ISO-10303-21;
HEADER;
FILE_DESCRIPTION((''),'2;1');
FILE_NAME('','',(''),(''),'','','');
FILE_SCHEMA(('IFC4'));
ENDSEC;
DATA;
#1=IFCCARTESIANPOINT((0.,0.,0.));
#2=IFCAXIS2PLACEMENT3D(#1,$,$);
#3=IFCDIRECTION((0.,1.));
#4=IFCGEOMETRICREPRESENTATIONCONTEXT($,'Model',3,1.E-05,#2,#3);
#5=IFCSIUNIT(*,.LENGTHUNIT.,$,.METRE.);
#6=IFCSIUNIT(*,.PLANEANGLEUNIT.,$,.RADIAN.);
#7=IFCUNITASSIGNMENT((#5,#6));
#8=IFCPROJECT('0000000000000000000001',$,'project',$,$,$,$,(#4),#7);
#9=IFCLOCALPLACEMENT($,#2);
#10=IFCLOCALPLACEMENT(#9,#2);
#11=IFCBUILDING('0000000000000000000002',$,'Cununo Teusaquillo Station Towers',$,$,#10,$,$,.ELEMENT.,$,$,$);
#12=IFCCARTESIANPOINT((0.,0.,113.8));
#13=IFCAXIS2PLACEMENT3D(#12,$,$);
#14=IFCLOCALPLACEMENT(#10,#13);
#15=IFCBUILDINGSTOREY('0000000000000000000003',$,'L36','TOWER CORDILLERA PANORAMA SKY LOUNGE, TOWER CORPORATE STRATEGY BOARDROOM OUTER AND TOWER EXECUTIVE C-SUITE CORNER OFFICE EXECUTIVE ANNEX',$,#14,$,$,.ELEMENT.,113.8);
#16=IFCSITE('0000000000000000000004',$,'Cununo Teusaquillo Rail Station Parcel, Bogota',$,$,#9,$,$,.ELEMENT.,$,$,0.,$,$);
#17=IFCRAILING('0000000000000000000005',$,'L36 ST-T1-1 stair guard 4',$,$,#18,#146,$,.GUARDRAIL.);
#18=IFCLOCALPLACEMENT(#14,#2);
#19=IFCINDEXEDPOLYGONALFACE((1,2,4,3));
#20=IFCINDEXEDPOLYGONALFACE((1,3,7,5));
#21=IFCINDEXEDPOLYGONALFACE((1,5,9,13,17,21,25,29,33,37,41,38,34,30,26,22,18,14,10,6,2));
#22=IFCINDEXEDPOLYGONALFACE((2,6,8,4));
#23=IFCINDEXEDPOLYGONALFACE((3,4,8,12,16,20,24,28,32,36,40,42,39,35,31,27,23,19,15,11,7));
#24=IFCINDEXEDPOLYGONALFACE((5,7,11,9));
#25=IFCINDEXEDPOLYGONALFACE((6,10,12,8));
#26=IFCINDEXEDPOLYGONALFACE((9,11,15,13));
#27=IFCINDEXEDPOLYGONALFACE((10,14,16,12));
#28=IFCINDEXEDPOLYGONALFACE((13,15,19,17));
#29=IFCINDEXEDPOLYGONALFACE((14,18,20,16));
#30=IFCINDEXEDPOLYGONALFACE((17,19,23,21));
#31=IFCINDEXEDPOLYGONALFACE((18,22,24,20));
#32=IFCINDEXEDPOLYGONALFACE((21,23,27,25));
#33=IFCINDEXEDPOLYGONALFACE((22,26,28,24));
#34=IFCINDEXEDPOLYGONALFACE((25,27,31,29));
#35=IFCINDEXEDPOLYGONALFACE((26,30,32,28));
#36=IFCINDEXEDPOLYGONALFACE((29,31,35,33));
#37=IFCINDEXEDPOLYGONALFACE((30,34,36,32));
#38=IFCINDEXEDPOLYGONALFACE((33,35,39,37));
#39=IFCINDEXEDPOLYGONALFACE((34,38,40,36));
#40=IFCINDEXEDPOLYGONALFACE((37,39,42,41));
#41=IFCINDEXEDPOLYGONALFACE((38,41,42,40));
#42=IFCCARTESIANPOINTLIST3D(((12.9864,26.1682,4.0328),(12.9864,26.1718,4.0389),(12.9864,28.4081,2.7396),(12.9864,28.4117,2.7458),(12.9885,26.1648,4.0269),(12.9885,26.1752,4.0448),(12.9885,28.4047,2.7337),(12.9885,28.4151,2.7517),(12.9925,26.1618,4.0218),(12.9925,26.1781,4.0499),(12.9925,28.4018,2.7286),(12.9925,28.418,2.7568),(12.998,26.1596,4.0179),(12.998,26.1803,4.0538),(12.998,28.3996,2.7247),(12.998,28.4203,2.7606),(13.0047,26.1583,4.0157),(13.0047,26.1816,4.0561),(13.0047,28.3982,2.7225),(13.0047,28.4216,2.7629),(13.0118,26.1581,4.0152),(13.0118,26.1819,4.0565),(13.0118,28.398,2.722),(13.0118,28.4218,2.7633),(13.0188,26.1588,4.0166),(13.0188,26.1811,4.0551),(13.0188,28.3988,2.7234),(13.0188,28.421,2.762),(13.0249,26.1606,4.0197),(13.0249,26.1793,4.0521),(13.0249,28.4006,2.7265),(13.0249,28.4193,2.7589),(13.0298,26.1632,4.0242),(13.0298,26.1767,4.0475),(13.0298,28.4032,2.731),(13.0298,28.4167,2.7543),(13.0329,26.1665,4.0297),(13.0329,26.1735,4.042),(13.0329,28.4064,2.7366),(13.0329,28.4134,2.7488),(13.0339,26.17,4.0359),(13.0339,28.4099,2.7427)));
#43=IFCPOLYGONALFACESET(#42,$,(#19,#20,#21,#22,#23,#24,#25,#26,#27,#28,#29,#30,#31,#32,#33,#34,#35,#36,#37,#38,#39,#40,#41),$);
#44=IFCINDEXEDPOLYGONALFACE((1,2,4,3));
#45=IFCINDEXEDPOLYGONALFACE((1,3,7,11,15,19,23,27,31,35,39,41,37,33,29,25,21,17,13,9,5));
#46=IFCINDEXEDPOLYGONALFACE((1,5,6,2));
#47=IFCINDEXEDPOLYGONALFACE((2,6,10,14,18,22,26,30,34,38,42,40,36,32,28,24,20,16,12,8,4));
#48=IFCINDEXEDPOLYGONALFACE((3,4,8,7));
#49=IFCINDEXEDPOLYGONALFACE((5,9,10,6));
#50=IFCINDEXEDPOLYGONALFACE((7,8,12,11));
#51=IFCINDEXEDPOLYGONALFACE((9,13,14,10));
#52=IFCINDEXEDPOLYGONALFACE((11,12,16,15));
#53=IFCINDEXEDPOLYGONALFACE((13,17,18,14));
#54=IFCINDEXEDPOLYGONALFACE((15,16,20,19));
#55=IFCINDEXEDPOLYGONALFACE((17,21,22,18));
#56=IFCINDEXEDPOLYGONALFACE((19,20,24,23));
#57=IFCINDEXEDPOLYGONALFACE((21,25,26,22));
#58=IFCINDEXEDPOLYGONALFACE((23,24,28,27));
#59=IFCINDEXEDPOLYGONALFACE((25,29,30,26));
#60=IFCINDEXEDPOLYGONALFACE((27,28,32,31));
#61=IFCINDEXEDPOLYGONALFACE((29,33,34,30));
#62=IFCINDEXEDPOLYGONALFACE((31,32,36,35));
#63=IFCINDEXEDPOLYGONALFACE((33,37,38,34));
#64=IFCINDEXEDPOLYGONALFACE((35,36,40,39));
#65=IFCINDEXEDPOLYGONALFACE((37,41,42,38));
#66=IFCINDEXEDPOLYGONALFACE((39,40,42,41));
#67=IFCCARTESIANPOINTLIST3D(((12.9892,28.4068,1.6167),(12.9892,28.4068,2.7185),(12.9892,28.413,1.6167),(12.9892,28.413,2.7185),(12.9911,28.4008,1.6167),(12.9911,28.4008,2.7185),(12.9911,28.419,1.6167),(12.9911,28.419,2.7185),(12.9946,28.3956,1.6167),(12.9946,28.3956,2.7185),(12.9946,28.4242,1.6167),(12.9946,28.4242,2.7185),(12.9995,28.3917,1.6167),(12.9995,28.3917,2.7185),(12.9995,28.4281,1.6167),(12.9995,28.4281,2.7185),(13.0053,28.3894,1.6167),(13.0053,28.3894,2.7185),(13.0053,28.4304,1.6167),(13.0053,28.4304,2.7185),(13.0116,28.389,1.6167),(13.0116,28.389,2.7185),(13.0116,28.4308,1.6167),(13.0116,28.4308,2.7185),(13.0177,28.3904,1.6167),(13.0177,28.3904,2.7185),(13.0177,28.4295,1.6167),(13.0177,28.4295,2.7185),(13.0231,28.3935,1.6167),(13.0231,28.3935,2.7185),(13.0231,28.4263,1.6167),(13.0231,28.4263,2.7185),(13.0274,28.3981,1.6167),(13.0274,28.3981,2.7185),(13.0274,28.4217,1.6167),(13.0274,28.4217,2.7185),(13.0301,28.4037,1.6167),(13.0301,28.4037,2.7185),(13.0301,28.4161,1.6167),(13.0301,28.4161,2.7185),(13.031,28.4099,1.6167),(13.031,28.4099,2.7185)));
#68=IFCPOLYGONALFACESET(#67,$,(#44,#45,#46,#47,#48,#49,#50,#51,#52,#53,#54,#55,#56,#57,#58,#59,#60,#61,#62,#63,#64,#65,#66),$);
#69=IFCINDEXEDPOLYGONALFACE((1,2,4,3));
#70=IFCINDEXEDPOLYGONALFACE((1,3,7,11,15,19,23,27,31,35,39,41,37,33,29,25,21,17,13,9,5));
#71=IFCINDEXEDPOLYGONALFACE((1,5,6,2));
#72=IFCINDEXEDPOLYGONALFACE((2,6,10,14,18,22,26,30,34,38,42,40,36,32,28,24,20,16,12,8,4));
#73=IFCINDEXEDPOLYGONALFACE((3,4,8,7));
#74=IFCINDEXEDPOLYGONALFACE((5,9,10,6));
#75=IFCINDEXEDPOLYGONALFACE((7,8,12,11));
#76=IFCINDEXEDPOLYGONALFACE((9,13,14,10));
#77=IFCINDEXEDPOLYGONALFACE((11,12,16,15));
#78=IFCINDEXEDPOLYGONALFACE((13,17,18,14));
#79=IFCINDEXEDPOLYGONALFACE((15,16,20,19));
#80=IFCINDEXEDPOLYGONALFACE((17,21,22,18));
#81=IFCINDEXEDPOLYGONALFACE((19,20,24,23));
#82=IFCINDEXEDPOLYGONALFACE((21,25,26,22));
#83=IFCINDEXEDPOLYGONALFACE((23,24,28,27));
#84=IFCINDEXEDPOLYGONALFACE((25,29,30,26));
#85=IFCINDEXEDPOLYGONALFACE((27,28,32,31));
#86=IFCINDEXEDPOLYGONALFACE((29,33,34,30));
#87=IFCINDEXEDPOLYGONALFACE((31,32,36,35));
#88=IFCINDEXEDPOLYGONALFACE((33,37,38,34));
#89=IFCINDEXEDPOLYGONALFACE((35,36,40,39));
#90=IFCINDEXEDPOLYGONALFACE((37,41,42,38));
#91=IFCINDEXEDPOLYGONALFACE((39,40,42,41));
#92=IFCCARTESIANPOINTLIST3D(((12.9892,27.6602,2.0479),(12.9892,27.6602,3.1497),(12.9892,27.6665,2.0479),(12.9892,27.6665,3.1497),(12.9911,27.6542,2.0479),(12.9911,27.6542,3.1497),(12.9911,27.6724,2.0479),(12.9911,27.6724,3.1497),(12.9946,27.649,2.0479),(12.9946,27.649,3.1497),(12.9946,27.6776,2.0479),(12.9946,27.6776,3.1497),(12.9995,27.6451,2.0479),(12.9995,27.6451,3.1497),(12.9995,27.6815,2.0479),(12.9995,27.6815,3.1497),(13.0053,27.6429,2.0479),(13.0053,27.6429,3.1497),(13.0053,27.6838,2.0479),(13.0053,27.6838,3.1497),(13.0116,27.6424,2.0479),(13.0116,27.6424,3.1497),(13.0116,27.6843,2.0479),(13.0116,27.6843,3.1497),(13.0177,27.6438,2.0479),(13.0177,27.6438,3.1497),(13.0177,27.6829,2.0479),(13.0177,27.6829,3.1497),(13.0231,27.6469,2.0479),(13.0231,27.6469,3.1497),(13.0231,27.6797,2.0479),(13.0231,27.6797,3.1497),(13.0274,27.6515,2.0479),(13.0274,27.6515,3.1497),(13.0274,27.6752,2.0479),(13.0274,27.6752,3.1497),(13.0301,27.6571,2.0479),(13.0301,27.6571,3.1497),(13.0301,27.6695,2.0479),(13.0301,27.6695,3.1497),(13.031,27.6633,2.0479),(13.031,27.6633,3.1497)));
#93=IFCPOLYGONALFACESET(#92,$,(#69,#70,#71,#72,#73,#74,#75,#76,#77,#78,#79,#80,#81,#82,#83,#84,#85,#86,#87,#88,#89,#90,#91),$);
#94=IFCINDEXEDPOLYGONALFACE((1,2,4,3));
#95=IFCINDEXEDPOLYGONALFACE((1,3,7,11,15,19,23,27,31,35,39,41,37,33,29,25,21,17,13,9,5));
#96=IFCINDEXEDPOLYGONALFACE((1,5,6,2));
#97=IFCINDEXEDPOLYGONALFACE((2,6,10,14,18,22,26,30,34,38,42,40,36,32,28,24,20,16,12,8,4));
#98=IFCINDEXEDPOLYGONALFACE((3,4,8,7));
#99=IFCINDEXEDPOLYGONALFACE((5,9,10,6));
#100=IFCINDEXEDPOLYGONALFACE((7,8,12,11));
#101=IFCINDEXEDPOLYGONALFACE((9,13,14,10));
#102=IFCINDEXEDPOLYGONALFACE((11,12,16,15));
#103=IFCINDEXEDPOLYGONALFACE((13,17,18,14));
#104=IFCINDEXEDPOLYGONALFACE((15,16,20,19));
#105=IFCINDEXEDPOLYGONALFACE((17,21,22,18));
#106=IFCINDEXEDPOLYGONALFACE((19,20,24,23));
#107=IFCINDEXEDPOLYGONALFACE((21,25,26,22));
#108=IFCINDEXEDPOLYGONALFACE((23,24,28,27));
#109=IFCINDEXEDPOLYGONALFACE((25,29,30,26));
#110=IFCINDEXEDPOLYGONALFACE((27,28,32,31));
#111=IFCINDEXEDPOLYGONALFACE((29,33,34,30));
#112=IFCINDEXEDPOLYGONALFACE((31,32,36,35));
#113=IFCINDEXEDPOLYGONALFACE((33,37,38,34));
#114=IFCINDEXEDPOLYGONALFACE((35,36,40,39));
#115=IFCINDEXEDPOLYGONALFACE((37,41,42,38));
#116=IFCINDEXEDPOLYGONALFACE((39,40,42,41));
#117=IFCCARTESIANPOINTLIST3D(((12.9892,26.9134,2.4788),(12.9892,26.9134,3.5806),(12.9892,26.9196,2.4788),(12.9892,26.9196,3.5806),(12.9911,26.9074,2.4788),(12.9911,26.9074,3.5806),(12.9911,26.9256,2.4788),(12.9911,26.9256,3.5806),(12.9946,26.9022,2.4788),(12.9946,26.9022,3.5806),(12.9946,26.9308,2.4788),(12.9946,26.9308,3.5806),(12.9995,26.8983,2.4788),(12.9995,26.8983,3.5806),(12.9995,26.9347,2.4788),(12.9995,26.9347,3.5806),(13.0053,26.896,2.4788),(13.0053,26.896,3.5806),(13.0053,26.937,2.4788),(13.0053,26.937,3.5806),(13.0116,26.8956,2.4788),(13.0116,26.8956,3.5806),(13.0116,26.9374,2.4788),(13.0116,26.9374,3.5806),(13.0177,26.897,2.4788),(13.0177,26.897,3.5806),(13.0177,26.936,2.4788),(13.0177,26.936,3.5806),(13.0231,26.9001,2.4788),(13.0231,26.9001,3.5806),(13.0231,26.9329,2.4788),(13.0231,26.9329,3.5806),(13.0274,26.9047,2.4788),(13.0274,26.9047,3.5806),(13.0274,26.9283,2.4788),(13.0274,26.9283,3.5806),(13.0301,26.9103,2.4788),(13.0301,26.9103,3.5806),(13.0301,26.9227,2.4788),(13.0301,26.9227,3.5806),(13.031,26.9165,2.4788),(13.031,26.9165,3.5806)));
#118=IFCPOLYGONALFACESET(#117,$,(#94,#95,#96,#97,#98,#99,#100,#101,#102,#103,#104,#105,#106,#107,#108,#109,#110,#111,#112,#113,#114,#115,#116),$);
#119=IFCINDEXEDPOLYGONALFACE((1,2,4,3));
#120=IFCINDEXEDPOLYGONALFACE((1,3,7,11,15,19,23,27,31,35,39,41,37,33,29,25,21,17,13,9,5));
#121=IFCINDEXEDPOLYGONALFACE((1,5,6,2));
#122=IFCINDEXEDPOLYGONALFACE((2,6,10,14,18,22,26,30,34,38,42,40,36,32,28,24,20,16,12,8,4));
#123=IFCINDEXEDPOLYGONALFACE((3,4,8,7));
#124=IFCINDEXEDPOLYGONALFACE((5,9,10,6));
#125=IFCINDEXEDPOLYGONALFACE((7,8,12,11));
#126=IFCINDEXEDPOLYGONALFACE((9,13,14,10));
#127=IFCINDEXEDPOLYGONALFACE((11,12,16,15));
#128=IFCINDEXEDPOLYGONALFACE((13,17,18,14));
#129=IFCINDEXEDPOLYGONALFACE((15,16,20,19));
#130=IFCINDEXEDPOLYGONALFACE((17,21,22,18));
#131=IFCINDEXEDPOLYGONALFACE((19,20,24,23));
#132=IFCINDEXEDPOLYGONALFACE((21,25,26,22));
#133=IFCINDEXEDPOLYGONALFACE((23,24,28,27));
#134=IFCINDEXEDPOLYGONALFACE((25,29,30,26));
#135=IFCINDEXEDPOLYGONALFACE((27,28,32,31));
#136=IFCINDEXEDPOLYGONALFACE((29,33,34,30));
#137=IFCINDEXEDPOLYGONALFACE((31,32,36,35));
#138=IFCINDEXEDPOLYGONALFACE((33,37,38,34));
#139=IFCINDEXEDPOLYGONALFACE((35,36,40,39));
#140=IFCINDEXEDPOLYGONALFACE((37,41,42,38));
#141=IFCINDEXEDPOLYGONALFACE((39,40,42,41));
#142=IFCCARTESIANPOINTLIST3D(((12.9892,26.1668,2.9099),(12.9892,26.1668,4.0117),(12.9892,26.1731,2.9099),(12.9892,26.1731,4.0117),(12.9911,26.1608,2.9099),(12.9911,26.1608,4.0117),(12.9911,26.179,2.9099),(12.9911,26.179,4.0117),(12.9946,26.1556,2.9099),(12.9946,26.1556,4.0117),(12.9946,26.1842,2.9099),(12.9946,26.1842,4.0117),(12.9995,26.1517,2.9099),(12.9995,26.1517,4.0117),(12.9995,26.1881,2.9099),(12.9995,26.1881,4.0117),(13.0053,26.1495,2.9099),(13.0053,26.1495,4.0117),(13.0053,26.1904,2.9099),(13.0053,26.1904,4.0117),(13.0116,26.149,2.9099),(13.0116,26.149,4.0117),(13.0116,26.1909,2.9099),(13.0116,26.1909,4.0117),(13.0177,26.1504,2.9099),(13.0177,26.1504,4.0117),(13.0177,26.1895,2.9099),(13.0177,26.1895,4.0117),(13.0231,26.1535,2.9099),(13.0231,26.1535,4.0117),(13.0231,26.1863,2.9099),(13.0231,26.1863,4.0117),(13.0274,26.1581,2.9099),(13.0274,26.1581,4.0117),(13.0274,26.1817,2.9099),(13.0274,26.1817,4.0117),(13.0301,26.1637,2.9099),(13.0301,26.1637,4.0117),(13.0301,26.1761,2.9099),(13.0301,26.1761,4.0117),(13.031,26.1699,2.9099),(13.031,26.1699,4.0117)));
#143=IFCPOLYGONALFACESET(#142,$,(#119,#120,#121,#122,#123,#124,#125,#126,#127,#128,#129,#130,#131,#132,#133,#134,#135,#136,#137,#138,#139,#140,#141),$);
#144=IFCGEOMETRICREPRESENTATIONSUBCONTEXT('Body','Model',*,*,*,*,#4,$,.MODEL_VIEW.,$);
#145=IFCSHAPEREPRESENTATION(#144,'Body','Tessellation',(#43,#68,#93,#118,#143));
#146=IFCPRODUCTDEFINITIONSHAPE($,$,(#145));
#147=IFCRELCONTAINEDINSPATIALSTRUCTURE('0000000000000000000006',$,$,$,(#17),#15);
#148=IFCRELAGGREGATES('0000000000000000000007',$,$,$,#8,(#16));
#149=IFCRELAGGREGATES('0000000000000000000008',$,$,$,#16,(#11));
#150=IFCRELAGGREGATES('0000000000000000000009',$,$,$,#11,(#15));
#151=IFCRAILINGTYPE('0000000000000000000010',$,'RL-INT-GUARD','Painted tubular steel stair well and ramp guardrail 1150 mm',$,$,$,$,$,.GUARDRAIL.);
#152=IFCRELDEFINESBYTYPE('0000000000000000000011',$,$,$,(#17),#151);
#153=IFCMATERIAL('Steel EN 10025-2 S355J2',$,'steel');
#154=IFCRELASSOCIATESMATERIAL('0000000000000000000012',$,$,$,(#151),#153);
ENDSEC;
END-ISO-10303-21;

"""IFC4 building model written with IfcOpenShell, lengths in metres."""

from ifc_helpers import new_model, si_unit, direction, frame, origin, origin_2d, place, context, subcontext, project, spatial, circle, extrude, material, type_object, element, save


model = new_model("IFC4")

# Units and contexts
model_context = context("Model", 3, precision=1e-05, world=origin(), true_north=direction((0.0, 1.0)))
body_context = subcontext(model_context, "Body", "Model", "MODEL_VIEW")
ifc_project = project(units=[si_unit("LENGTHUNIT", "METRE"), si_unit("PLANEANGLEUNIT", "RADIAN")], contexts=[model_context])

# Site, building, storey
site_placement = place(None, origin())
site = spatial("IfcSite", under=ifc_project, at=site_placement, Name="Cununo Teusaquillo Rail Station Parcel, Bogota", CompositionType="ELEMENT", RefElevation=0.0)
building_placement = place(site_placement, origin())
building = spatial("IfcBuilding", under=site, at=building_placement, Name="Cununo Teusaquillo Station Towers", CompositionType="ELEMENT")
storey_placement = place(building_placement, frame((0.0, 0.0, 113.8)))
storey = spatial("IfcBuildingStorey", under=building, at=storey_placement, Name="L36", Description="TOWER CORDILLERA PANORAMA SKY LOUNGE, TOWER CORPORATE STRATEGY BOARDROOM OUTER AND TOWER EXECUTIVE C-SUITE CORNER OFFICE EXECUTIVE ANNEX", CompositionType="ELEMENT", Elevation=113.8)

# Railing
ifc_material_1 = material(Name="Steel EN 10025-2 S355J2", Category="steel")
railing_type_1 = type_object("IfcRailingType", Name="RL-INT-GUARD", Description="Painted tubular steel stair well and ramp guardrail 1150 mm", PredefinedType="GUARDRAIL", material=ifc_material_1)
railing_1_placement = place(storey_placement, frame((13.01, 28.4099, 1.6167)))
element("IfcRailing", 1, at=railing_1_placement, inside=storey, type_object=railing_type_1, Name="L36 ST-T1-1 stair guard 4", PredefinedType="GUARDRAIL", context=body_context, shape_type="SweptSolid", body=[
    extrude(circle(Radius=0.0239, at=origin_2d()), frame((0.0, 0.0, 1.126), z_axis=(0.0, -0.866033, 0.499987), x_axis=(1.0, 0.0, 0.0)), (0.0, 0.0, 1.0), 2.5864),
    extrude(circle(Radius=0.021, at=origin_2d()), origin(), (0.0, 0.0, 1.0), 1.1018),
    extrude(circle(Radius=0.021, at=origin_2d()), frame((0.0, -0.7466, 0.4312)), (0.0, 0.0, 1.0), 1.1018),
    extrude(circle(Radius=0.021, at=origin_2d()), frame((0.0, -1.4934, 0.8621)), (0.0, 0.0, 1.0), 1.1018),
    extrude(circle(Radius=0.021, at=origin_2d()), frame((0.0, -2.24, 1.2932)), (0.0, 0.0, 1.0), 1.1018),
])

save(model, "model.ifc")
